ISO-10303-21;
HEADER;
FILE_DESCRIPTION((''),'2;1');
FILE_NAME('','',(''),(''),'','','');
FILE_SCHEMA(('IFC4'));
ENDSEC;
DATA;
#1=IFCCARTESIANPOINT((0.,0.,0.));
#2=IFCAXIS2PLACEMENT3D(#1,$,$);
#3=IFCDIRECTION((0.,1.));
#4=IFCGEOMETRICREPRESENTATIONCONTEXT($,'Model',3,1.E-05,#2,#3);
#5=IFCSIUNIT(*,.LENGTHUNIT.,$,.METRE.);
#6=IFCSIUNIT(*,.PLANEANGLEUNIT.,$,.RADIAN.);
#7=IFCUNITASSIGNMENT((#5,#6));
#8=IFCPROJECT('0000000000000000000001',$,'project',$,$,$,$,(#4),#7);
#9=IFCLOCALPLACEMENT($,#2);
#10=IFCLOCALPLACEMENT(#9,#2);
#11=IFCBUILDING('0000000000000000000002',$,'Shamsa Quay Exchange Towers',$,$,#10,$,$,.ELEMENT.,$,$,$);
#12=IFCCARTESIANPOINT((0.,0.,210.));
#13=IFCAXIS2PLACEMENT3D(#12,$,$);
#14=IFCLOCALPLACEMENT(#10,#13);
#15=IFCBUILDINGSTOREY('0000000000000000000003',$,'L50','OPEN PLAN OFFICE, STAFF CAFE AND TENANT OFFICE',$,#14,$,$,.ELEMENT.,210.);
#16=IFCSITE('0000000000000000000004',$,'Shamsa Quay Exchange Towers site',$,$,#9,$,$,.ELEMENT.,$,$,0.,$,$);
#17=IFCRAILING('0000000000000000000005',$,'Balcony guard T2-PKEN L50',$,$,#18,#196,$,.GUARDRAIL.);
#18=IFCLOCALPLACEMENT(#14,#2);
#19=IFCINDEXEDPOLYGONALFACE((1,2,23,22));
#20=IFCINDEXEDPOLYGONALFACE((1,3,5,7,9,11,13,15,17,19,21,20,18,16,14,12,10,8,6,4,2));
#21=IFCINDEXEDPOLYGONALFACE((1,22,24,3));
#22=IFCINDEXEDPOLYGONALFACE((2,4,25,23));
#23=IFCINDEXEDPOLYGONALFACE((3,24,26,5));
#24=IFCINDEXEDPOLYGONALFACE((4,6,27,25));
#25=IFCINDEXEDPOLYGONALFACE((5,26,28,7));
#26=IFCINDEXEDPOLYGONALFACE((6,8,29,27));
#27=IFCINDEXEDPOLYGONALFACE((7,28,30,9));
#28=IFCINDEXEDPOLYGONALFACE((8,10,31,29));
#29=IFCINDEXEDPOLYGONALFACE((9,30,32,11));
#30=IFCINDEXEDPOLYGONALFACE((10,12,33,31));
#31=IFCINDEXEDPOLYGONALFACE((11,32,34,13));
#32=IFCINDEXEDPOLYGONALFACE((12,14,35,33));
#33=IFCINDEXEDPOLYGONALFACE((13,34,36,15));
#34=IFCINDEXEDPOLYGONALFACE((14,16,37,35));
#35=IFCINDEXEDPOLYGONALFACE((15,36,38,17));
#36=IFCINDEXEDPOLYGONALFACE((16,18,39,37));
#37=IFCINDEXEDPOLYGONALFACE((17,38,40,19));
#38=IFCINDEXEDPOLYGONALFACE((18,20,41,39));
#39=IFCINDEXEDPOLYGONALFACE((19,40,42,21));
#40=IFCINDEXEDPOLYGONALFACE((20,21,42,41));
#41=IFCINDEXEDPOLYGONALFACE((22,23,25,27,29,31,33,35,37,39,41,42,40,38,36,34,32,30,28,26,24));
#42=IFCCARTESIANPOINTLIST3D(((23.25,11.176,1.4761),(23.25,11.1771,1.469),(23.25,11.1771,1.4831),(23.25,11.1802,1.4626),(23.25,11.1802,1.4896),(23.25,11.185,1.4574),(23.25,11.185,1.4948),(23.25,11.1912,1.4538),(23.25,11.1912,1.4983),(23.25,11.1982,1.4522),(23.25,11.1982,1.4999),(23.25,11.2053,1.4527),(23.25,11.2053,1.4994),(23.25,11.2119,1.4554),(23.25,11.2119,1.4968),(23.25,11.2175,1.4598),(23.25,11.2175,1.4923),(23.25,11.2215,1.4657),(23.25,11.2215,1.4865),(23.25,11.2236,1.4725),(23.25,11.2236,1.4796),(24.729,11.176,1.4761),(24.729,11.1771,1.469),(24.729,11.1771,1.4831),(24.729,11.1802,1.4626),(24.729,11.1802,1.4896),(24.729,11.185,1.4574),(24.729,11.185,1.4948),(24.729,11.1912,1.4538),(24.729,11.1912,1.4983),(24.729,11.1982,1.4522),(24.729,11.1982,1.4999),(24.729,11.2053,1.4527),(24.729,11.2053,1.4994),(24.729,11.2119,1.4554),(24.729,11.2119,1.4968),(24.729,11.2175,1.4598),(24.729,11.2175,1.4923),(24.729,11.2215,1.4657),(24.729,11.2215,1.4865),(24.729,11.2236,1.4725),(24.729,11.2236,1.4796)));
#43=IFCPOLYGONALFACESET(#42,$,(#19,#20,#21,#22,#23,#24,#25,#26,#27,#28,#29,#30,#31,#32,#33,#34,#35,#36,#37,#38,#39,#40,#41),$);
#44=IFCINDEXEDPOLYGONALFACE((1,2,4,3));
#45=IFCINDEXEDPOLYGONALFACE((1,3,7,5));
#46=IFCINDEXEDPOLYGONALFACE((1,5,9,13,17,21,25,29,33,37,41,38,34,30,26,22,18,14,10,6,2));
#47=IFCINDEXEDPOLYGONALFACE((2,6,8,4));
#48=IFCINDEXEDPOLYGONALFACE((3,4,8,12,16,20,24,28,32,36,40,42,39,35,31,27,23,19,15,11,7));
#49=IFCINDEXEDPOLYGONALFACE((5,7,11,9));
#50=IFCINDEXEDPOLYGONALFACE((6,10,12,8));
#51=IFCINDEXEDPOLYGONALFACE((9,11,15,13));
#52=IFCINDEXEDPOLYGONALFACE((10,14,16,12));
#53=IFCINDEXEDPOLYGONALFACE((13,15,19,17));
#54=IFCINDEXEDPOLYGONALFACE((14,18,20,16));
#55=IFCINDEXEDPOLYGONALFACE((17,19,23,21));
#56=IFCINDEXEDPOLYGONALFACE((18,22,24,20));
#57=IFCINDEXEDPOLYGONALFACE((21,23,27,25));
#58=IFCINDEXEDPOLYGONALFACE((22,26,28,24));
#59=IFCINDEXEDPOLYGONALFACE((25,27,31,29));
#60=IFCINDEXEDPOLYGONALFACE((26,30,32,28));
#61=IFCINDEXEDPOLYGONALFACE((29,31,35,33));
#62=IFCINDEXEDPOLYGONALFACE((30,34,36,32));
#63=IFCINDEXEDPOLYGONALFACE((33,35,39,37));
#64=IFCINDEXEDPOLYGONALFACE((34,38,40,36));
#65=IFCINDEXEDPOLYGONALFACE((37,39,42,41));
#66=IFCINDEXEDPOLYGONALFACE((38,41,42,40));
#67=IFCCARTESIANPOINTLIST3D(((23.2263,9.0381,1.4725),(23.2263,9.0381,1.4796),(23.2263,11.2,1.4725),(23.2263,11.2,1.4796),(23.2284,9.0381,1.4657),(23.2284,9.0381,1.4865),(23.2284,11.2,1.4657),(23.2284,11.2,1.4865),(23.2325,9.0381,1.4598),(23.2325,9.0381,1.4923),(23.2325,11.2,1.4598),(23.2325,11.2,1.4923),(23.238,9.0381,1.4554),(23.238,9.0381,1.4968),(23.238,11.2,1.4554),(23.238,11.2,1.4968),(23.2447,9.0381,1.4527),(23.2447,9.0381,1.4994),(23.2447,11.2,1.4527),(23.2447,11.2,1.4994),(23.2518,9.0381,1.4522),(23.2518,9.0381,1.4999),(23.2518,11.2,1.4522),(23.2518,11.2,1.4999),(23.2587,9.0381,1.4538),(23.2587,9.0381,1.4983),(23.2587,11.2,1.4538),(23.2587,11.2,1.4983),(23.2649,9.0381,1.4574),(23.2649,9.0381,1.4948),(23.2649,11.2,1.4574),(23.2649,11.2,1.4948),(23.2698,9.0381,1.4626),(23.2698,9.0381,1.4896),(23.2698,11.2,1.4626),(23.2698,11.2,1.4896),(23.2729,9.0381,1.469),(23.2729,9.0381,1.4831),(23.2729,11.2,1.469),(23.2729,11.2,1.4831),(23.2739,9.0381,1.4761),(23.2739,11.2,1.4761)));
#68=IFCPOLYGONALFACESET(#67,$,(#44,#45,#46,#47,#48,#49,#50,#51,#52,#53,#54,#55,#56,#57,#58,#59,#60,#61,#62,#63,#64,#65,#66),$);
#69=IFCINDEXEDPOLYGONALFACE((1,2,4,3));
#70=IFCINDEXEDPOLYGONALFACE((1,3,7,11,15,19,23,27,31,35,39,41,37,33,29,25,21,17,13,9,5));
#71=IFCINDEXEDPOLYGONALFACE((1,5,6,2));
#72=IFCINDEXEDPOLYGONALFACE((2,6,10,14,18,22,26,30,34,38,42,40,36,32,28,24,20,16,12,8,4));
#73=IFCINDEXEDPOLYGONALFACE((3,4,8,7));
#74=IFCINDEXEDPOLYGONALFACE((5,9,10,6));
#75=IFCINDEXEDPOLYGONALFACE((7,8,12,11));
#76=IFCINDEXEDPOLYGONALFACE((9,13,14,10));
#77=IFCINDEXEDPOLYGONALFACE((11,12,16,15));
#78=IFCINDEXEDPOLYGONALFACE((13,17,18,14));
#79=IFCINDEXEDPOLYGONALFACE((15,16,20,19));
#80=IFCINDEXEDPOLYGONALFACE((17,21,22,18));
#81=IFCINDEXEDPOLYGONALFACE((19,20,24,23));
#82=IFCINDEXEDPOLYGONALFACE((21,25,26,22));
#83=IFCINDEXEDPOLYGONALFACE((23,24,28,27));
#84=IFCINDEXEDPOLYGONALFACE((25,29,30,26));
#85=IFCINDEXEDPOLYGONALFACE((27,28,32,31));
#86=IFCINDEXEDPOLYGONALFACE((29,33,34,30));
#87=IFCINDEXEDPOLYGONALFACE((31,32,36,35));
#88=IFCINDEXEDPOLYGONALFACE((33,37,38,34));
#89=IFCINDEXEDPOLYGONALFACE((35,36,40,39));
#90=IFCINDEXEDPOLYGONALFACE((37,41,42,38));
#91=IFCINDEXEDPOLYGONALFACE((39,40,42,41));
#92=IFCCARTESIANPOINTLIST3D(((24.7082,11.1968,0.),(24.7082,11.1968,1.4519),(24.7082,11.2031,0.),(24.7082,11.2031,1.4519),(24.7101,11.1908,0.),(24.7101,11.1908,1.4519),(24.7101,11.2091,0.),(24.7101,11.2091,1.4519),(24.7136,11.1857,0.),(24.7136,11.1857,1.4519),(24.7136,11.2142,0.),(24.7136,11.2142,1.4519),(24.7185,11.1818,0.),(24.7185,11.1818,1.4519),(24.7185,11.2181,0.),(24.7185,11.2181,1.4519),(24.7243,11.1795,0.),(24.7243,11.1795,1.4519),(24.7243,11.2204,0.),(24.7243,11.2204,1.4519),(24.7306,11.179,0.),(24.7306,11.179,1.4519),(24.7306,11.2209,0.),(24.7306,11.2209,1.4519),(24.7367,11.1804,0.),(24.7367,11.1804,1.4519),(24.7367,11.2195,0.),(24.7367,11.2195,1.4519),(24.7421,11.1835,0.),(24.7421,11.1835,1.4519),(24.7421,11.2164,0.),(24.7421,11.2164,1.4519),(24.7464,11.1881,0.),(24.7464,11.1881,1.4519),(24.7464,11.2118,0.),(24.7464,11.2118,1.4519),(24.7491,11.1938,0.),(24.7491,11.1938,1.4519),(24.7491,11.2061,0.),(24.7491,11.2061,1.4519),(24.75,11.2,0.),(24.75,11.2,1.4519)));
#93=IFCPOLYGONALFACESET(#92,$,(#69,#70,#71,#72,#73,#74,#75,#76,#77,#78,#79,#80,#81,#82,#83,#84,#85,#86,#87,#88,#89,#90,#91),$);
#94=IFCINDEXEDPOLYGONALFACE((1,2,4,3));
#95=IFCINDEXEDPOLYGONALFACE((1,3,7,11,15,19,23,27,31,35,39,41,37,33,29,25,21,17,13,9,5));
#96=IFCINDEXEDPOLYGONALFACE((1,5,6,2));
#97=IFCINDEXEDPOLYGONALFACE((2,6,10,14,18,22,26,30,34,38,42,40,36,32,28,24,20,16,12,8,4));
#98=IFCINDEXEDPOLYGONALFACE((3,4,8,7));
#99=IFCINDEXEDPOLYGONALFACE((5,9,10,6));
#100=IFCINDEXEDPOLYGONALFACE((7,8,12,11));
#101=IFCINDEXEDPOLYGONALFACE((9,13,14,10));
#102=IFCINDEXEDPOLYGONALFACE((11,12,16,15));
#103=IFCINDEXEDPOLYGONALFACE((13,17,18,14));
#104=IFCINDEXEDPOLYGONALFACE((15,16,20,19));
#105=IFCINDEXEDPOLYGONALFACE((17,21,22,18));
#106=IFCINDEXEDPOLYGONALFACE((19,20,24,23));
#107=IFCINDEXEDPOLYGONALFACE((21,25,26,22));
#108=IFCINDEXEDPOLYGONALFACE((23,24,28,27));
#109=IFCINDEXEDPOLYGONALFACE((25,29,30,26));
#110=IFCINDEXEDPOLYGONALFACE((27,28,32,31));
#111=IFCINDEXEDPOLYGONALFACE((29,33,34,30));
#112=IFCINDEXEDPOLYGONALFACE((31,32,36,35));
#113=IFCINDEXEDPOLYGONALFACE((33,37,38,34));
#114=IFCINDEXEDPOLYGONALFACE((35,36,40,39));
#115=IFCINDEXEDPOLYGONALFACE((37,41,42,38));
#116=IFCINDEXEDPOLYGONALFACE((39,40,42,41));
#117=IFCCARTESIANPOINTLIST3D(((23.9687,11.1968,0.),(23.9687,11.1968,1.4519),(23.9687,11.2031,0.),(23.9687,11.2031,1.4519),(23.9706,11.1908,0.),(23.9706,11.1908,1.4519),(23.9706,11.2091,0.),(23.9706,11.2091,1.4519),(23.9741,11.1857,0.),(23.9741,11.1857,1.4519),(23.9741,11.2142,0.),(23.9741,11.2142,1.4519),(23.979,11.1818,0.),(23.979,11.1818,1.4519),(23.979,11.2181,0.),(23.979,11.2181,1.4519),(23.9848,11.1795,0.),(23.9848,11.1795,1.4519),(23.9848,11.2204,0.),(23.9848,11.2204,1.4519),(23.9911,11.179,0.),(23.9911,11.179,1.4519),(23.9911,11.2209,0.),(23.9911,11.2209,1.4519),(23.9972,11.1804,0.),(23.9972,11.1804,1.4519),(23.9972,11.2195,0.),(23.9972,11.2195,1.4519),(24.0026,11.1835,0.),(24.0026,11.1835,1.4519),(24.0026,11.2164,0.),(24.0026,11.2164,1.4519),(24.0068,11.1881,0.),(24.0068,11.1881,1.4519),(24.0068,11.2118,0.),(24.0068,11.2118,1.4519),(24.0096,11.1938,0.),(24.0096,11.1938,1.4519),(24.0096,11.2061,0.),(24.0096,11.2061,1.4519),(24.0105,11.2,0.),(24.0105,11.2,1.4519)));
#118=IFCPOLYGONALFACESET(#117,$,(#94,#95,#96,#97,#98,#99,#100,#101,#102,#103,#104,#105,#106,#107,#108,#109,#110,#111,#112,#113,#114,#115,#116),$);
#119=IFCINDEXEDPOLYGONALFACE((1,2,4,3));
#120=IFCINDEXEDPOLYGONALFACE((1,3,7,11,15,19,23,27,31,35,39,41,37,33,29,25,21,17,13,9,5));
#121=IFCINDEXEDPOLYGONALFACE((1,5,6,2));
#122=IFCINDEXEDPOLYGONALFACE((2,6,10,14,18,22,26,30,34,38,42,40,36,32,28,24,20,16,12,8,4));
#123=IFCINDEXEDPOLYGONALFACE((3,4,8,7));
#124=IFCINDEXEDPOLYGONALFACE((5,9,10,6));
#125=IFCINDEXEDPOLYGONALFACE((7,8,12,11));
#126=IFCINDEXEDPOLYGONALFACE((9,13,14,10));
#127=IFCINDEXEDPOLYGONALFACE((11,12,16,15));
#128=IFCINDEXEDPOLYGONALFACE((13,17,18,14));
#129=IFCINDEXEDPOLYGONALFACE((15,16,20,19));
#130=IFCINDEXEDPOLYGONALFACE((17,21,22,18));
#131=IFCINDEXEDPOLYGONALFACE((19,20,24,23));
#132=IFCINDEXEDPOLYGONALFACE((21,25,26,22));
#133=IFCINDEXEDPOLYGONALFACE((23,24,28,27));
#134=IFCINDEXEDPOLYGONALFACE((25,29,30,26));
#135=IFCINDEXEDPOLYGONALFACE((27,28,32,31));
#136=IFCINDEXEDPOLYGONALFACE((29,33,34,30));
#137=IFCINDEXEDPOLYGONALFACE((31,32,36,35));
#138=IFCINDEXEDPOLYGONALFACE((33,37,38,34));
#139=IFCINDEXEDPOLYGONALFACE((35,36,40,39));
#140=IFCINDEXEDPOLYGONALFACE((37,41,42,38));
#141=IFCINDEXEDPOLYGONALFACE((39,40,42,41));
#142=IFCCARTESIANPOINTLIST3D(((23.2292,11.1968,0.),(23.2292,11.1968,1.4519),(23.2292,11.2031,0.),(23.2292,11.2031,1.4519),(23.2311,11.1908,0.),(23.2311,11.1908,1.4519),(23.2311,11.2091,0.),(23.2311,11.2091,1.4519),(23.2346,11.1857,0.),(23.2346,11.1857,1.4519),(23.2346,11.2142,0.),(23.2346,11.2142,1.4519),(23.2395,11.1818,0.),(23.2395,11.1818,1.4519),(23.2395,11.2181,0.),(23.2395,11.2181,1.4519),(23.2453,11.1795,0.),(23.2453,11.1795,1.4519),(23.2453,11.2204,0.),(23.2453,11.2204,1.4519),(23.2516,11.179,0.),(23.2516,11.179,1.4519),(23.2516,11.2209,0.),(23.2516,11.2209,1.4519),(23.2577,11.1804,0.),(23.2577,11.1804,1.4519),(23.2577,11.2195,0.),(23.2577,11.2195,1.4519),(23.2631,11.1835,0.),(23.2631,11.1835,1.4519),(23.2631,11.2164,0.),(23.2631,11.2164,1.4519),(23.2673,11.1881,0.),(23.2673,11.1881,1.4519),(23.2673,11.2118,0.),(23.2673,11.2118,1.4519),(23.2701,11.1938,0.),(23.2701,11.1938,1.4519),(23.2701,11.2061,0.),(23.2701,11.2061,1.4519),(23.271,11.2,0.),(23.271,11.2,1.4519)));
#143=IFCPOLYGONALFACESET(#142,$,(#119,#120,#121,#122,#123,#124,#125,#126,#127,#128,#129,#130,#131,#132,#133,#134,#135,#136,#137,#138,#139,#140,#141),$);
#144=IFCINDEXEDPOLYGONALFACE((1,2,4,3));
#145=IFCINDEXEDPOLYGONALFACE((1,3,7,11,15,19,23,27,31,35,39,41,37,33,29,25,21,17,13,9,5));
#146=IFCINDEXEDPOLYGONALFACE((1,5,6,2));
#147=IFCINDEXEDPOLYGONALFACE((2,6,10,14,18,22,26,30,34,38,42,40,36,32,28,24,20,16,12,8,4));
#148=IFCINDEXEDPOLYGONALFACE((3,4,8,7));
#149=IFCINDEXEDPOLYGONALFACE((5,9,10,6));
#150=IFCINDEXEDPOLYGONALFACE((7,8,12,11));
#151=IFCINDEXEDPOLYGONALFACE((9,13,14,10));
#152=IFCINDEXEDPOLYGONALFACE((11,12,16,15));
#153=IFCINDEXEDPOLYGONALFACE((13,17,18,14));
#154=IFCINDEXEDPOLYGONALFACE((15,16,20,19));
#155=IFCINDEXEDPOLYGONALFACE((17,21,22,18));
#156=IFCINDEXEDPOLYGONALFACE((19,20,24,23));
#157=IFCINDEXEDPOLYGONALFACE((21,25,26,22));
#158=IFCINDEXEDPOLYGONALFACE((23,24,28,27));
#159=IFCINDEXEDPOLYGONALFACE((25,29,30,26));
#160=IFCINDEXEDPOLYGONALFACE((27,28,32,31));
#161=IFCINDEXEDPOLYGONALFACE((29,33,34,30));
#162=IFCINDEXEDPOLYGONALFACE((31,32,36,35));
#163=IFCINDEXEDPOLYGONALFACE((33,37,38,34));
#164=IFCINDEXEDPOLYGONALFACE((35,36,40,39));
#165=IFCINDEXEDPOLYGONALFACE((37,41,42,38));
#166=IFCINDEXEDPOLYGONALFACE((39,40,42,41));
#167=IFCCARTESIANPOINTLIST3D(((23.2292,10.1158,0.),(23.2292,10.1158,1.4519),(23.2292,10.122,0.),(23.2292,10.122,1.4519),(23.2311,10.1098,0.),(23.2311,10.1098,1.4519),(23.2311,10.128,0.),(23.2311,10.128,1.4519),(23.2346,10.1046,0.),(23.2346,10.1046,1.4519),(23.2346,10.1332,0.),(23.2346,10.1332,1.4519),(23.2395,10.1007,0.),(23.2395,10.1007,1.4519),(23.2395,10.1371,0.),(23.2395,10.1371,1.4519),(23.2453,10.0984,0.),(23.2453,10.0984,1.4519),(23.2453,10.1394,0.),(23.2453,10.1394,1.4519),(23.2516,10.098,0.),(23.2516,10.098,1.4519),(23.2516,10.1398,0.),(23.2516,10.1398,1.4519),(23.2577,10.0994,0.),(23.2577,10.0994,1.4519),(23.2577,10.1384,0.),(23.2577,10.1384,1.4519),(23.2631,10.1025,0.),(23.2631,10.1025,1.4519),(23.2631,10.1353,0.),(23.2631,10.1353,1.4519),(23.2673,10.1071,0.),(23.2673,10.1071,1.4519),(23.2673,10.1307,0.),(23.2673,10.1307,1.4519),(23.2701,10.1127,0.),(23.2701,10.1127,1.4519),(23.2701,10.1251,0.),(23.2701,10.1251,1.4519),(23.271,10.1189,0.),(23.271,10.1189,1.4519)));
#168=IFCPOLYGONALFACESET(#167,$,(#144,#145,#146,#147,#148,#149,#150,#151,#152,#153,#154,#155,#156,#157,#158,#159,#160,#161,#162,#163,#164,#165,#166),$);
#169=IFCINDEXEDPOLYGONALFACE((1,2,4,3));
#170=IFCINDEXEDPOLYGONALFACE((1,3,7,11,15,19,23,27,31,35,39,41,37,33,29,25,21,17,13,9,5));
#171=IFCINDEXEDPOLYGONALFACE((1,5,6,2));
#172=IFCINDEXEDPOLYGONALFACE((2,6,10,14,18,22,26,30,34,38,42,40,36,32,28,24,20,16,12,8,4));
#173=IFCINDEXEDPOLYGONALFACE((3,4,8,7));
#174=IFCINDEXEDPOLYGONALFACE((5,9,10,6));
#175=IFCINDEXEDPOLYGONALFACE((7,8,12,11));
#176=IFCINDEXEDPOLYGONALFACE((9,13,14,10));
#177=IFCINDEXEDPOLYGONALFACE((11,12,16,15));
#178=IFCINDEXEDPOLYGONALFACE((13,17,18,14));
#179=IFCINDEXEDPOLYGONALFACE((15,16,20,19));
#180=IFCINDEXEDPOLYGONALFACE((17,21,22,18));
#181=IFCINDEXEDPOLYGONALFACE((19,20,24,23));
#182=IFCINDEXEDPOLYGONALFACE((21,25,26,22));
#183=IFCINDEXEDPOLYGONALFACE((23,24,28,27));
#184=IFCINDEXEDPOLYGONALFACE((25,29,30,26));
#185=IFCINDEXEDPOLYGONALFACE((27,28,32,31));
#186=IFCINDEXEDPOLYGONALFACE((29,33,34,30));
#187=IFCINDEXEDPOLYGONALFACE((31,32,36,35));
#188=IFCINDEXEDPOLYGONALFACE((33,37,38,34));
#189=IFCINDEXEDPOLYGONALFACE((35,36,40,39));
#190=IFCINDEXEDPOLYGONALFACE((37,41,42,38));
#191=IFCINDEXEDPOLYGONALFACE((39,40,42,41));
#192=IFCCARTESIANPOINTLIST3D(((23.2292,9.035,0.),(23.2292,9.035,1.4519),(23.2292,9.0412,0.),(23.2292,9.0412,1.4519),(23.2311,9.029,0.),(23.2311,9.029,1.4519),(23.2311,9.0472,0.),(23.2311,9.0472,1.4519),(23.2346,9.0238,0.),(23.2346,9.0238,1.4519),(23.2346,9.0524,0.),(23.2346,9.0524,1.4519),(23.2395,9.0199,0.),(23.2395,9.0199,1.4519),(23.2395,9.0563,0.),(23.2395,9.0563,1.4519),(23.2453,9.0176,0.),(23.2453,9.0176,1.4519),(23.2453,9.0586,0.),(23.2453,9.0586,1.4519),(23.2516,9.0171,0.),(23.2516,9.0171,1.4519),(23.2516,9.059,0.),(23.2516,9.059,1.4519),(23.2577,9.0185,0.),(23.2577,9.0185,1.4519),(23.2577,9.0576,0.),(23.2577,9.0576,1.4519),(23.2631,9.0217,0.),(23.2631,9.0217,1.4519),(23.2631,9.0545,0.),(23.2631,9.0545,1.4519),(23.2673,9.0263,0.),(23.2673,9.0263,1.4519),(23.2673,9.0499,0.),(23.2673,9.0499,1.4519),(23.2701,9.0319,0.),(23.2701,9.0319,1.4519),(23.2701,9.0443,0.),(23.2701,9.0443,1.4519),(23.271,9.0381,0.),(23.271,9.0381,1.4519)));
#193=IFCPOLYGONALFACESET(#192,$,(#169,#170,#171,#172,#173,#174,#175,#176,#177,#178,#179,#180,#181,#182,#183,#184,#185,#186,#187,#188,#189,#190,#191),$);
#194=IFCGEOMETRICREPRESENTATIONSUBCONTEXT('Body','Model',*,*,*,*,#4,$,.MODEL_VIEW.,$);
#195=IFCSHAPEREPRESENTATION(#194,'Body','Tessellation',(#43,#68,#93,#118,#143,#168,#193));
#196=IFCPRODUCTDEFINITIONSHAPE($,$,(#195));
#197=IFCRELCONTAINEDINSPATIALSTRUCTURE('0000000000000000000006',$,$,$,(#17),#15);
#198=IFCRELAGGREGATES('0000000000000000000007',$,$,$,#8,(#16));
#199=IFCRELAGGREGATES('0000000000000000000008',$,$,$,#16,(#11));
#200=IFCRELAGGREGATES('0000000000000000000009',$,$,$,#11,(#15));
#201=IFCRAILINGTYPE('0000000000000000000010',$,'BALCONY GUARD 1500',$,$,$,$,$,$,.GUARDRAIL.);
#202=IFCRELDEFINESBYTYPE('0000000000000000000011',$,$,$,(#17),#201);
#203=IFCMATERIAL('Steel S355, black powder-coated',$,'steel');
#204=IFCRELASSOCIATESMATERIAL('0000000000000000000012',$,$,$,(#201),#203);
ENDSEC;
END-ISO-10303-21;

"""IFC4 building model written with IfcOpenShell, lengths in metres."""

from ifc_helpers import new_model, si_unit, direction, frame, origin, origin_2d, place, context, subcontext, project, spatial, circle, extrude, material, type_object, element, save


model = new_model("IFC4")

# Units and contexts
model_context = context("Model", 3, precision=1e-05, world=origin(), true_north=direction((0.0, 1.0)))
body_context = subcontext(model_context, "Body", "Model", "MODEL_VIEW")
ifc_project = project(units=[si_unit("LENGTHUNIT", "METRE"), si_unit("PLANEANGLEUNIT", "RADIAN")], contexts=[model_context])

# Site, building, storey
site_placement = place(None, origin())
site = spatial("IfcSite", under=ifc_project, at=site_placement, Name="Shamsa Quay Exchange Towers site", CompositionType="ELEMENT", RefElevation=0.0)
building_placement = place(site_placement, origin())
building = spatial("IfcBuilding", under=site, at=building_placement, Name="Shamsa Quay Exchange Towers", CompositionType="ELEMENT")
storey_placement = place(building_placement, frame((0.0, 0.0, 210.0)))
storey = spatial("IfcBuildingStorey", under=building, at=storey_placement, Name="L50", Description="OPEN PLAN OFFICE, STAFF CAFE AND TENANT OFFICE", CompositionType="ELEMENT", Elevation=210.0)

# Railing
ifc_material_1 = material(Name="Steel S355, black powder-coated", Category="steel")
railing_type = type_object("IfcRailingType", Name="BALCONY GUARD 1500", PredefinedType="GUARDRAIL", material=ifc_material_1)
railing_placement = place(storey_placement, frame((24.729, 11.2, 0.0)))
element("IfcRailing", 1, at=railing_placement, inside=storey, type_object=railing_type, Name="Balcony guard T2-PKEN L50", PredefinedType="GUARDRAIL", context=body_context, shape_type="SweptSolid", body=[
    extrude(circle(Radius=0.0239, at=origin_2d()), frame((0.0, 0.0, 1.4761), z_axis=(-1.0, 0.0, 0.0), x_axis=(0.0, -1.0, 0.0)), (0.0, 0.0, 1.0), 1.479),
    extrude(circle(Radius=0.0239, at=origin_2d()), frame((-1.479, 0.0, 1.4761), z_axis=(0.0, -1.0, 0.0), x_axis=(1.0, 0.0, 0.0)), (0.0, 0.0, 1.0), 2.1619),
    extrude(circle(Radius=0.021, at=origin_2d()), origin(), (0.0, 0.0, 1.0), 1.4519),
    extrude(circle(Radius=0.021, at=origin_2d()), frame((-0.7395, 0.0, 0.0)), (0.0, 0.0, 1.0), 1.4519),
    extrude(circle(Radius=0.021, at=origin_2d()), frame((-1.479, 0.0, 0.0)), (0.0, 0.0, 1.0), 1.4519),
    extrude(circle(Radius=0.021, at=origin_2d()), frame((-1.479, -1.0811, 0.0)), (0.0, 0.0, 1.0), 1.4519),
    extrude(circle(Radius=0.021, at=origin_2d()), frame((-1.479, -2.1619, 0.0)), (0.0, 0.0, 1.0), 1.4519),
])

save(model, "model.ifc")
